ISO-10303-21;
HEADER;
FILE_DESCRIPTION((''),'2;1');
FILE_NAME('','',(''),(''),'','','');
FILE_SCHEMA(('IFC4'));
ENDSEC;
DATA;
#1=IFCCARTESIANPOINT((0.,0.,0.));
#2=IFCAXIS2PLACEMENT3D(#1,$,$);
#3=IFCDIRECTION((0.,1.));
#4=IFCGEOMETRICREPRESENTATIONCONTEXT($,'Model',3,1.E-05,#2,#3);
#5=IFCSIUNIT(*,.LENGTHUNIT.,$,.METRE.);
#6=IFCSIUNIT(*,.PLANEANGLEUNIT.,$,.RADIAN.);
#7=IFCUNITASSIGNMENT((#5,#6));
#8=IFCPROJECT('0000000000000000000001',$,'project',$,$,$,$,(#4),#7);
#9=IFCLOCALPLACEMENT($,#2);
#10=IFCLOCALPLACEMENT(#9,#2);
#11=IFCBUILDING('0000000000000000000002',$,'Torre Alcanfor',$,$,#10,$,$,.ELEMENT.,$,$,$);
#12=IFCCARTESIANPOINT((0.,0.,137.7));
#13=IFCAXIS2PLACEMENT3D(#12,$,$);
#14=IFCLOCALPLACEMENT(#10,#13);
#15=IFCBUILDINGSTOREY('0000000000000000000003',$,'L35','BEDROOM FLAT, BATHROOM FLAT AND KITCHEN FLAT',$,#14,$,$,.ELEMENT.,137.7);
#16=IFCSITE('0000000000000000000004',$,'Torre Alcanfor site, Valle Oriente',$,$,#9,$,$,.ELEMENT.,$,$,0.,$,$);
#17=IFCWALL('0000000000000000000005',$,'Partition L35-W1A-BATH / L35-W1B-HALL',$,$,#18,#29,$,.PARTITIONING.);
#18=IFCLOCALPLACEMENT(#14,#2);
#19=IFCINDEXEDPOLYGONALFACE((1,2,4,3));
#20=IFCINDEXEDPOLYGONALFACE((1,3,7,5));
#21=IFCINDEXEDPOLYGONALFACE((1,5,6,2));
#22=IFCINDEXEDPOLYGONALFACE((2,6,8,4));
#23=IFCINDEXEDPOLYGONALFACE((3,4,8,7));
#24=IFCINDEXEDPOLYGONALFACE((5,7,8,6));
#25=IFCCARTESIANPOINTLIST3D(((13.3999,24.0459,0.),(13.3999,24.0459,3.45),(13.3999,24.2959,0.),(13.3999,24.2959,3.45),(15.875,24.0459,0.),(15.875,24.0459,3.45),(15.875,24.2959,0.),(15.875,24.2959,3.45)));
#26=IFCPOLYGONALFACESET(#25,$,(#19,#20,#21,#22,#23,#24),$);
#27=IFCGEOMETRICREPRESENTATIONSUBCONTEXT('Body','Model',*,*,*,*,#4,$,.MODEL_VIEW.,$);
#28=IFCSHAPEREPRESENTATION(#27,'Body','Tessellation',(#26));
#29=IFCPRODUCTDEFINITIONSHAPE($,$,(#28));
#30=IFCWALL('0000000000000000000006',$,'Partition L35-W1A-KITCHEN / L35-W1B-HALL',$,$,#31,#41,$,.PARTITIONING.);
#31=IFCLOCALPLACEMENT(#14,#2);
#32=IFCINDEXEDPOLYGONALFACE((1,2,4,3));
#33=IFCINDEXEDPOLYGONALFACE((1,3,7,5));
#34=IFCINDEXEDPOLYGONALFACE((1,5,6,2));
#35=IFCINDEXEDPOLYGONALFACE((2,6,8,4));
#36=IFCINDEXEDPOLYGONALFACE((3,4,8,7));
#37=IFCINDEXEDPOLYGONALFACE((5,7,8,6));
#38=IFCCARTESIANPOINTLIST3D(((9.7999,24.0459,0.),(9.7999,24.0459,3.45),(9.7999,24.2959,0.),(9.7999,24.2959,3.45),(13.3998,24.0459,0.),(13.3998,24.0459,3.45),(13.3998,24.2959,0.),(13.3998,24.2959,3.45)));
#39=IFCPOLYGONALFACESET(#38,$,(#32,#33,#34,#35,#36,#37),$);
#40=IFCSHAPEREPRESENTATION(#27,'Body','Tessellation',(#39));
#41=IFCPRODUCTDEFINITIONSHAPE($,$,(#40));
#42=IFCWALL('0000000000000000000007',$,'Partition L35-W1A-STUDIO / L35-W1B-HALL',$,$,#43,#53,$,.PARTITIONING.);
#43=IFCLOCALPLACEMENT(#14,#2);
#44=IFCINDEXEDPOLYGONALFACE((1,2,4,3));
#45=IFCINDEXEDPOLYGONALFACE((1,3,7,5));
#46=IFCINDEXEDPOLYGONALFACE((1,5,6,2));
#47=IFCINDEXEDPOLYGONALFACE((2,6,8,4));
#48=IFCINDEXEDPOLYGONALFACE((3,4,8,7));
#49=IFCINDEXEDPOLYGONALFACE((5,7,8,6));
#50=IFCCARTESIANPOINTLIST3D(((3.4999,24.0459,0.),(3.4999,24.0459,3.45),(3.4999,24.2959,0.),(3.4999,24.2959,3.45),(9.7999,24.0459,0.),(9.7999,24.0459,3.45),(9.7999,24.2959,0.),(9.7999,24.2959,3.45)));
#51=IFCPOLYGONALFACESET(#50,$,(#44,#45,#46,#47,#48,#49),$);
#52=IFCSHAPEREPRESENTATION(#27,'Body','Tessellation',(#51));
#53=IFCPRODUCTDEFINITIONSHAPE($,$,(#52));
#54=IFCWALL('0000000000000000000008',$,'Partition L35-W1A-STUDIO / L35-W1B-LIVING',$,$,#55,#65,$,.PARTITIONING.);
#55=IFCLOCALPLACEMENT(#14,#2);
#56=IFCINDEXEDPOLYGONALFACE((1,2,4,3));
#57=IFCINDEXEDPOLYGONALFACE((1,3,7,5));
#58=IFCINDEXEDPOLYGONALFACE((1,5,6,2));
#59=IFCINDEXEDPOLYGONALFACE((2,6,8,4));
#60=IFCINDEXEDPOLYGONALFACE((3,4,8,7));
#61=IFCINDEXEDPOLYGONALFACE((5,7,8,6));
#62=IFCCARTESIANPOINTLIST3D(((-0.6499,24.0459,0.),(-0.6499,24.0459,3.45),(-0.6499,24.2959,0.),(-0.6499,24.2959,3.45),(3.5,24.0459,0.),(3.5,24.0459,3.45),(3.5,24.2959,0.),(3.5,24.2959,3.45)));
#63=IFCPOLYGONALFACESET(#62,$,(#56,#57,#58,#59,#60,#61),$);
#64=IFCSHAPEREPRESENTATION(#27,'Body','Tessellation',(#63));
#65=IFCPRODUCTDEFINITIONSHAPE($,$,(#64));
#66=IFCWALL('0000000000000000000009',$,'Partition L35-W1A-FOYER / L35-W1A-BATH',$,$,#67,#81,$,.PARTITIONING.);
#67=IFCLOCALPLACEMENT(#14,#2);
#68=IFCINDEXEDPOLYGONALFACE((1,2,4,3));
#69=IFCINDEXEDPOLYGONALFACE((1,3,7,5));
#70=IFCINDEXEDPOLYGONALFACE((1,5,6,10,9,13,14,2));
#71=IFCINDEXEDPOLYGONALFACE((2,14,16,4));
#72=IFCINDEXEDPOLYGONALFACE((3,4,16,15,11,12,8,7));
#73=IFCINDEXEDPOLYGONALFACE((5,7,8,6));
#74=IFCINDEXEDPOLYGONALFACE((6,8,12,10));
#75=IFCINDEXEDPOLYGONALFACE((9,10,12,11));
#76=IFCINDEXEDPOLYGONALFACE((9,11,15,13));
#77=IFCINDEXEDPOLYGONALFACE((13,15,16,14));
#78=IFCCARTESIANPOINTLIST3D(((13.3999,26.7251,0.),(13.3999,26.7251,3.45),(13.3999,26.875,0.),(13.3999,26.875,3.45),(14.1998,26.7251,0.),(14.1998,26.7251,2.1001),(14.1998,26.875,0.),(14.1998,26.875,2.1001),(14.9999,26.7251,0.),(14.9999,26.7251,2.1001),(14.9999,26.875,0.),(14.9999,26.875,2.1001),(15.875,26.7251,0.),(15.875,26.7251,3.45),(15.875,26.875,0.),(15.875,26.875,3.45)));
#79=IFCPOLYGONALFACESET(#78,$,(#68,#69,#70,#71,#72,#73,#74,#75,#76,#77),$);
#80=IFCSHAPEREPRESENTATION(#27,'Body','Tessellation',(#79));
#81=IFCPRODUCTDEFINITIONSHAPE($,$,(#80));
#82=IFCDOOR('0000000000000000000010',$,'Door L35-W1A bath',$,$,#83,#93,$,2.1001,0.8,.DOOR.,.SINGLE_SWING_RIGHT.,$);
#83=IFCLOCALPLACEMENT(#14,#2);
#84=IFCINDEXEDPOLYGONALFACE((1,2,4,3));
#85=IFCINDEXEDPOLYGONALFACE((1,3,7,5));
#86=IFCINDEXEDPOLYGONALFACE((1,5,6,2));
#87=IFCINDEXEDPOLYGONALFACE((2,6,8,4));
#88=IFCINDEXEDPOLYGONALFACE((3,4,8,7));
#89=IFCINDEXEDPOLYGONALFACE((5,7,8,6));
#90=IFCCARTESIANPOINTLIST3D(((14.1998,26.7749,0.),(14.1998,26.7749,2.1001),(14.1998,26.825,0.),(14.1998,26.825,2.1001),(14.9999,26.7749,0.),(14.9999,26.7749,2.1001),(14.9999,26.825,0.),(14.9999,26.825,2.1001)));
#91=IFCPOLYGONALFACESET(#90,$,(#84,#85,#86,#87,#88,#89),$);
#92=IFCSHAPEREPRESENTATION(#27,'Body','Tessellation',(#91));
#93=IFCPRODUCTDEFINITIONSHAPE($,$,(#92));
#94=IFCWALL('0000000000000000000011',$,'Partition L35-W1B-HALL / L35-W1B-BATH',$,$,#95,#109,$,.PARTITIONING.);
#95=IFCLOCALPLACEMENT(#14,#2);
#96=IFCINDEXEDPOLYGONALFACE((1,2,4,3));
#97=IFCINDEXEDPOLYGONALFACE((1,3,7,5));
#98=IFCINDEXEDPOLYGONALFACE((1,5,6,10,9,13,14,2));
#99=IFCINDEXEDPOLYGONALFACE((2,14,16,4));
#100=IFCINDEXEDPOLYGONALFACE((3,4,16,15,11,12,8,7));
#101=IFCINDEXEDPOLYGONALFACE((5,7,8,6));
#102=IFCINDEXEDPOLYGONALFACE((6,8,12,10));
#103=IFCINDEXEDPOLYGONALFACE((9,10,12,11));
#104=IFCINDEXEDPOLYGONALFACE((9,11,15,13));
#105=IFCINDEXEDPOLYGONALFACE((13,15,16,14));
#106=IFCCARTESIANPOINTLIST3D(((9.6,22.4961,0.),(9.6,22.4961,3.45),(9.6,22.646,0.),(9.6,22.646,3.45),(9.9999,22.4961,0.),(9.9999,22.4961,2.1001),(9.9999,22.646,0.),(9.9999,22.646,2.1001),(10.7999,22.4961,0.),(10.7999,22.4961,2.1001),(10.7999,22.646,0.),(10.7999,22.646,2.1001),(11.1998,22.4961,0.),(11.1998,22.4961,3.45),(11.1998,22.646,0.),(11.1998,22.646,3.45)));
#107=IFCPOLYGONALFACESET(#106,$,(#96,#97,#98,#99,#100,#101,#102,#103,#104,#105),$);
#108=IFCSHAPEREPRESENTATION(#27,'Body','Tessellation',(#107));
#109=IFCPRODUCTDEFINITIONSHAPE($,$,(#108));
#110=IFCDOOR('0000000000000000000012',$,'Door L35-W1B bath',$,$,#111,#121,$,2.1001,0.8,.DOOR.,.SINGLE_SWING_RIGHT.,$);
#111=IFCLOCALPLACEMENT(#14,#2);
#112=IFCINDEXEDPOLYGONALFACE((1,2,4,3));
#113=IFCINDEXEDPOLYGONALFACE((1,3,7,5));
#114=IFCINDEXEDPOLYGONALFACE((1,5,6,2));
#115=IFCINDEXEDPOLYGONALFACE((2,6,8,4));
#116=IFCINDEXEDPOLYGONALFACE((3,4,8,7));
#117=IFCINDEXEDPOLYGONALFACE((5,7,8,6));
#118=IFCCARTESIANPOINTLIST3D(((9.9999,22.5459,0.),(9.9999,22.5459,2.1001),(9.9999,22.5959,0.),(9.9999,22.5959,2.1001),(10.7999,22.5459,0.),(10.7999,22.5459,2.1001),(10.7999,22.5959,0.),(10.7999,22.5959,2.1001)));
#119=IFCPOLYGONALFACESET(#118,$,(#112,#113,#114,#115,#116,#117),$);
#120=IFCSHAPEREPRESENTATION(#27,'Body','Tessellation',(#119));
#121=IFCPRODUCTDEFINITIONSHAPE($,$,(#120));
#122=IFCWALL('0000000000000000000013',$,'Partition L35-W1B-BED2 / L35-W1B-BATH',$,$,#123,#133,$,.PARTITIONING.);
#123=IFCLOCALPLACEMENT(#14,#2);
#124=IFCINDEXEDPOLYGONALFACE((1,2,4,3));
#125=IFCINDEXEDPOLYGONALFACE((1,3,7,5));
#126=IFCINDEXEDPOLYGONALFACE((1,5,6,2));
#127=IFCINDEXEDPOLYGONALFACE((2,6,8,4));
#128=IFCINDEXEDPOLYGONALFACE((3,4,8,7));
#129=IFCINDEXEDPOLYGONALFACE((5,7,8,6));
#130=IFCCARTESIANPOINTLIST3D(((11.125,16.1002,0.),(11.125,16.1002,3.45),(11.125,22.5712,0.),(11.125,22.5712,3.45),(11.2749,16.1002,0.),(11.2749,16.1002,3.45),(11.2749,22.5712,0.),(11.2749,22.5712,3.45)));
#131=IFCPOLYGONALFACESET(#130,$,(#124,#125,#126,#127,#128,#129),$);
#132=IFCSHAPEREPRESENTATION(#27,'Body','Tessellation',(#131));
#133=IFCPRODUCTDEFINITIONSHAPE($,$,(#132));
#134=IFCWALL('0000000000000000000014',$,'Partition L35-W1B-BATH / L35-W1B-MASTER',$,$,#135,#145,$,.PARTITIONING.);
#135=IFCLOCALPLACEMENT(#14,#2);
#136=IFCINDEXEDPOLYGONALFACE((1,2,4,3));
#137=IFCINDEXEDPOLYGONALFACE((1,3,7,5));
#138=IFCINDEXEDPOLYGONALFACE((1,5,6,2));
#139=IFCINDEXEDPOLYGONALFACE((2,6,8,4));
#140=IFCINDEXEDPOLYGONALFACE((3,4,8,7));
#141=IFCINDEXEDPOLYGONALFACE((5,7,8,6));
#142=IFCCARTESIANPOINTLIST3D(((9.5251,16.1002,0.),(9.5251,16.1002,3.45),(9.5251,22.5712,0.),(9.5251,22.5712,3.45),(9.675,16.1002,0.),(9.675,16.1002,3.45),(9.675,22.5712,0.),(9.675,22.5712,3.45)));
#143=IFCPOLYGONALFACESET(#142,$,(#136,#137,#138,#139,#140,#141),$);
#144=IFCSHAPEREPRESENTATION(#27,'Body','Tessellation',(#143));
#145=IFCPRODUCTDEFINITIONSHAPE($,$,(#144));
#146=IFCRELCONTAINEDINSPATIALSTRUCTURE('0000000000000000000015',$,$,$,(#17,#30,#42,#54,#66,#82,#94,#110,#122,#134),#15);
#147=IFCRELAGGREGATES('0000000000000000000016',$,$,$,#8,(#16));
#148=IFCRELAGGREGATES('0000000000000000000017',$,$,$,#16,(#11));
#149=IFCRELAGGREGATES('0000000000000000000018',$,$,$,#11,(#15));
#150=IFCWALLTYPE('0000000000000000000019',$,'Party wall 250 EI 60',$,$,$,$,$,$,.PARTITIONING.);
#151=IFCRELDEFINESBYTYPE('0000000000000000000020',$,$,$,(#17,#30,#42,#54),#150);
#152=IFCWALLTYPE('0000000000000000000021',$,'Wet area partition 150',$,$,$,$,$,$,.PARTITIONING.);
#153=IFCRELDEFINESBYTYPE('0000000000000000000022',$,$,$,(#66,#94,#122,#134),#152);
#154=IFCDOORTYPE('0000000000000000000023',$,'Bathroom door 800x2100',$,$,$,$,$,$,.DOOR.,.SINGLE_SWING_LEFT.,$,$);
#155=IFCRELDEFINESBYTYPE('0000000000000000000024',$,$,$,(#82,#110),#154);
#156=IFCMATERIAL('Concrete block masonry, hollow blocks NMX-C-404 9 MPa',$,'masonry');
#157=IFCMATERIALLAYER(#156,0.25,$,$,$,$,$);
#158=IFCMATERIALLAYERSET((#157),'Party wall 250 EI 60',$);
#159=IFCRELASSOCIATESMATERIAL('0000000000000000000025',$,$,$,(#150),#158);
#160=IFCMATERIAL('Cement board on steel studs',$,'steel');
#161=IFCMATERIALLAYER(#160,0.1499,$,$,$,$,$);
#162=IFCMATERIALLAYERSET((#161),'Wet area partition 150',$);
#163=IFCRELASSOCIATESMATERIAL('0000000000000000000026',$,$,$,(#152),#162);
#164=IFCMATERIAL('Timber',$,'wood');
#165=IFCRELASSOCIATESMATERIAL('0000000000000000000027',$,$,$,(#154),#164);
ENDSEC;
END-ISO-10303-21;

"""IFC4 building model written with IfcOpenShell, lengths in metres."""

from ifc_helpers import new_model, si_unit, direction, frame, frame_2d, origin, place, context, subcontext, project, spatial, rectangle, extrude, material, layer, layer_set, type_object, element, fill, save


model = new_model("IFC4")

# Units and contexts
model_context = context("Model", 3, precision=1e-05, world=origin(), true_north=direction((0.0, 1.0)))
body_context = subcontext(model_context, "Body", "Model", "MODEL_VIEW")
ifc_project = project(units=[si_unit("LENGTHUNIT", "METRE"), si_unit("PLANEANGLEUNIT", "RADIAN")], contexts=[model_context])

# Site, building, storey
site_placement = place(None, origin())
site = spatial("IfcSite", under=ifc_project, at=site_placement, Name="Torre Alcanfor site, Valle Oriente", CompositionType="ELEMENT", RefElevation=0.0)
building_placement = place(site_placement, origin())
building = spatial("IfcBuilding", under=site, at=building_placement, Name="Torre Alcanfor", CompositionType="ELEMENT")
storey_placement = place(building_placement, frame((0.0, 0.0, 137.7)))
storey = spatial("IfcBuildingStorey", under=building, at=storey_placement, Name="L35", Description="BEDROOM FLAT, BATHROOM FLAT AND KITCHEN FLAT", CompositionType="ELEMENT", Elevation=137.7)

# Walls
ifc_material_1 = material(Name="Concrete block masonry, hollow blocks NMX-C-404 9 MPa", Category="masonry")
ifc_layer_1 = layer(ifc_material_1, 0.25)
ifc_layer_set_1 = layer_set([ifc_layer_1], Name="Party wall 250 EI 60")
wall_type_1 = type_object("IfcWallType", Name="Party wall 250 EI 60", PredefinedType="PARTITIONING", material=ifc_layer_set_1)
wall_1_placement = place(storey_placement, frame((13.3999, 24.1709, 0.0), z_axis=(0.0, 0.0, 1.0), x_axis=(1.0, 0.0, 0.0)))
element("IfcWall", 1, at=wall_1_placement, inside=storey, type_object=wall_type_1, Name="Partition L35-W1A-BATH / L35-W1B-HALL", PredefinedType="PARTITIONING", context=body_context, shape_type="SweptSolid", body=[
    extrude(rectangle(XDim=2.4751, YDim=0.25, at=frame_2d((1.2375, 0.0))), origin(), (0.0, 0.0, 1.0), 3.45),
])
wall_2_placement = place(storey_placement, frame((9.8, 24.1709, 0.0), z_axis=(0.0, 0.0, 1.0), x_axis=(1.0, 0.0, 0.0)))
element("IfcWall", 2, at=wall_2_placement, inside=storey, type_object=wall_type_1, Name="Partition L35-W1A-KITCHEN / L35-W1B-HALL", PredefinedType="PARTITIONING", context=body_context, shape_type="SweptSolid", body=[
    extrude(rectangle(XDim=3.5999, YDim=0.25, at=frame_2d((1.7998, 0.0))), origin(), (0.0, 0.0, 1.0), 3.45),
])
wall_3_placement = place(storey_placement, frame((3.5, 24.1709, 0.0), z_axis=(0.0, 0.0, 1.0), x_axis=(1.0, 0.0, 0.0)))
element("IfcWall", 3, at=wall_3_placement, inside=storey, type_object=wall_type_1, Name="Partition L35-W1A-STUDIO / L35-W1B-HALL", PredefinedType="PARTITIONING", context=body_context, shape_type="SweptSolid", body=[
    extrude(rectangle(XDim=6.3, YDim=0.25, at=frame_2d((3.1499, 0.0))), origin(), (0.0, 0.0, 1.0), 3.45),
])
wall_4_placement = place(storey_placement, frame((-0.6499, 24.1709, 0.0), z_axis=(0.0, 0.0, 1.0), x_axis=(1.0, 0.0, 0.0)))
element("IfcWall", 4, at=wall_4_placement, inside=storey, type_object=wall_type_1, Name="Partition L35-W1A-STUDIO / L35-W1B-LIVING", PredefinedType="PARTITIONING", context=body_context, shape_type="SweptSolid", body=[
    extrude(rectangle(XDim=4.1499, YDim=0.25, at=frame_2d((2.075, 0.0))), origin(), (0.0, 0.0, 1.0), 3.45),
])

# Walls, openings, doors
ifc_material_2 = material(Name="Cement board on steel studs", Category="steel")
ifc_layer_2 = layer(ifc_material_2, 0.1499)
ifc_layer_set_2 = layer_set([ifc_layer_2], Name="Wet area partition 150")
wall_type_2 = type_object("IfcWallType", Name="Wet area partition 150", PredefinedType="PARTITIONING", material=ifc_layer_set_2)
wall_5_placement = place(storey_placement, frame((13.3999, 26.8, 0.0), z_axis=(0.0, 0.0, 1.0), x_axis=(1.0, 0.0, 0.0)))
wall_5 = element("IfcWall", 5, at=wall_5_placement, inside=storey, type_object=wall_type_2, Name="Partition L35-W1A-FOYER / L35-W1A-BATH", PredefinedType="PARTITIONING", context=body_context, shape_type="SweptSolid", body=[
    extrude(rectangle(XDim=2.4751, YDim=0.1499, at=frame_2d((1.2375, 0.0))), origin(), (0.0, 0.0, 1.0), 3.45),
])
opening_1_placement = place(wall_5_placement, frame((0.8, 0.0, 0.0)))
opening_1 = element("IfcOpeningElement", 6, at=opening_1_placement, cuts=wall_5, PredefinedType="OPENING", context=body_context, shape_type="SweptSolid", body=[
    extrude(rectangle(XDim=0.8, YDim=2.1001, at=frame_2d((0.3999, 1.05))), frame((0.0, 0.085, 0.0), z_axis=(0.0, -1.0, 0.0), x_axis=(1.0, 0.0, 0.0)), (0.0, 0.0, 1.0), 0.1699),
])
ifc_material_3 = material(Name="Timber", Category="wood")
door_type_1 = type_object("IfcDoorType", Name="Bathroom door 800x2100", OperationType="SINGLE_SWING_LEFT", PredefinedType="DOOR", material=ifc_material_3)
door_1_placement = place(opening_1_placement, frame((0.8, 0.0, 0.0), z_axis=(0.0, 0.0, 1.0), x_axis=(-1.0, 0.0, 0.0)))
door_1 = element("IfcDoor", 7, at=door_1_placement, inside=storey, type_object=door_type_1, Name="Door L35-W1A bath", OperationType="SINGLE_SWING_RIGHT", OverallHeight=2.1001, OverallWidth=0.8, PredefinedType="DOOR", context=body_context, shape_type="SweptSolid", body=[
    extrude(rectangle(XDim=0.8, YDim=2.1001, at=frame_2d((0.4001, 1.05))), frame((0.0, 0.0251, 0.0), z_axis=(0.0, -1.0, 0.0), x_axis=(1.0, 0.0, 0.0)), (0.0, 0.0, 1.0), 0.05),
])
fill(opening_1, door_1)
wall_6_placement = place(storey_placement, frame((9.6001, 22.571, 0.0), z_axis=(0.0, 0.0, 1.0), x_axis=(1.0, 0.0, 0.0)))
wall_6 = element("IfcWall", 8, at=wall_6_placement, inside=storey, type_object=wall_type_2, Name="Partition L35-W1B-HALL / L35-W1B-BATH", PredefinedType="PARTITIONING", context=body_context, shape_type="SweptSolid", body=[
    extrude(rectangle(XDim=1.5999, YDim=0.1499, at=frame_2d((0.7998, 0.0))), origin(), (0.0, 0.0, 1.0), 3.45),
])
opening_2_placement = place(wall_6_placement, frame((0.3999, 0.0, 0.0)))
opening_2 = element("IfcOpeningElement", 9, at=opening_2_placement, cuts=wall_6, PredefinedType="OPENING", context=body_context, shape_type="SweptSolid", body=[
    extrude(rectangle(XDim=0.8, YDim=2.1001, at=frame_2d((0.3999, 1.05))), frame((0.0, 0.085, 0.0), z_axis=(0.0, -1.0, 0.0), x_axis=(1.0, 0.0, 0.0)), (0.0, 0.0, 1.0), 0.1699),
])
door_2_placement = place(opening_2_placement, frame((0.8, 0.0, 0.0), z_axis=(0.0, 0.0, 1.0), x_axis=(-1.0, 0.0, 0.0)))
door_2 = element("IfcDoor", 10, at=door_2_placement, inside=storey, type_object=door_type_1, Name="Door L35-W1B bath", OperationType="SINGLE_SWING_RIGHT", OverallHeight=2.1001, OverallWidth=0.8, PredefinedType="DOOR", context=body_context, shape_type="SweptSolid", body=[
    extrude(rectangle(XDim=0.8, YDim=2.1001, at=frame_2d((0.4001, 1.05))), frame((0.0, 0.0251, 0.0), z_axis=(0.0, -1.0, 0.0), x_axis=(1.0, 0.0, 0.0)), (0.0, 0.0, 1.0), 0.05),
])
fill(opening_2, door_2)

# Walls
for number, where, z_axis, x_axis, name in (
    (11, (11.2, 22.571, 0.0), (0.0, 0.0, 1.0), (0.0, -1.0, 0.0), "Partition L35-W1B-BED2 / L35-W1B-BATH"),
    (12, (9.6001, 22.571, 0.0), (0.0, 0.0, 1.0), (0.0, -1.0, 0.0), "Partition L35-W1B-BATH / L35-W1B-MASTER"),
):
    element("IfcWall", number, at=place(storey_placement, frame(where, z_axis=z_axis, x_axis=x_axis)), inside=storey, type_object=wall_type_2, Name=name, PredefinedType="PARTITIONING", context=body_context, shape_type="SweptSolid", body=[
        extrude(rectangle(XDim=6.4709, YDim=0.1499, at=frame_2d((3.2354, 0.0))), origin(), (0.0, 0.0, 1.0), 3.45),
    ])

save(model, "model.ifc")
